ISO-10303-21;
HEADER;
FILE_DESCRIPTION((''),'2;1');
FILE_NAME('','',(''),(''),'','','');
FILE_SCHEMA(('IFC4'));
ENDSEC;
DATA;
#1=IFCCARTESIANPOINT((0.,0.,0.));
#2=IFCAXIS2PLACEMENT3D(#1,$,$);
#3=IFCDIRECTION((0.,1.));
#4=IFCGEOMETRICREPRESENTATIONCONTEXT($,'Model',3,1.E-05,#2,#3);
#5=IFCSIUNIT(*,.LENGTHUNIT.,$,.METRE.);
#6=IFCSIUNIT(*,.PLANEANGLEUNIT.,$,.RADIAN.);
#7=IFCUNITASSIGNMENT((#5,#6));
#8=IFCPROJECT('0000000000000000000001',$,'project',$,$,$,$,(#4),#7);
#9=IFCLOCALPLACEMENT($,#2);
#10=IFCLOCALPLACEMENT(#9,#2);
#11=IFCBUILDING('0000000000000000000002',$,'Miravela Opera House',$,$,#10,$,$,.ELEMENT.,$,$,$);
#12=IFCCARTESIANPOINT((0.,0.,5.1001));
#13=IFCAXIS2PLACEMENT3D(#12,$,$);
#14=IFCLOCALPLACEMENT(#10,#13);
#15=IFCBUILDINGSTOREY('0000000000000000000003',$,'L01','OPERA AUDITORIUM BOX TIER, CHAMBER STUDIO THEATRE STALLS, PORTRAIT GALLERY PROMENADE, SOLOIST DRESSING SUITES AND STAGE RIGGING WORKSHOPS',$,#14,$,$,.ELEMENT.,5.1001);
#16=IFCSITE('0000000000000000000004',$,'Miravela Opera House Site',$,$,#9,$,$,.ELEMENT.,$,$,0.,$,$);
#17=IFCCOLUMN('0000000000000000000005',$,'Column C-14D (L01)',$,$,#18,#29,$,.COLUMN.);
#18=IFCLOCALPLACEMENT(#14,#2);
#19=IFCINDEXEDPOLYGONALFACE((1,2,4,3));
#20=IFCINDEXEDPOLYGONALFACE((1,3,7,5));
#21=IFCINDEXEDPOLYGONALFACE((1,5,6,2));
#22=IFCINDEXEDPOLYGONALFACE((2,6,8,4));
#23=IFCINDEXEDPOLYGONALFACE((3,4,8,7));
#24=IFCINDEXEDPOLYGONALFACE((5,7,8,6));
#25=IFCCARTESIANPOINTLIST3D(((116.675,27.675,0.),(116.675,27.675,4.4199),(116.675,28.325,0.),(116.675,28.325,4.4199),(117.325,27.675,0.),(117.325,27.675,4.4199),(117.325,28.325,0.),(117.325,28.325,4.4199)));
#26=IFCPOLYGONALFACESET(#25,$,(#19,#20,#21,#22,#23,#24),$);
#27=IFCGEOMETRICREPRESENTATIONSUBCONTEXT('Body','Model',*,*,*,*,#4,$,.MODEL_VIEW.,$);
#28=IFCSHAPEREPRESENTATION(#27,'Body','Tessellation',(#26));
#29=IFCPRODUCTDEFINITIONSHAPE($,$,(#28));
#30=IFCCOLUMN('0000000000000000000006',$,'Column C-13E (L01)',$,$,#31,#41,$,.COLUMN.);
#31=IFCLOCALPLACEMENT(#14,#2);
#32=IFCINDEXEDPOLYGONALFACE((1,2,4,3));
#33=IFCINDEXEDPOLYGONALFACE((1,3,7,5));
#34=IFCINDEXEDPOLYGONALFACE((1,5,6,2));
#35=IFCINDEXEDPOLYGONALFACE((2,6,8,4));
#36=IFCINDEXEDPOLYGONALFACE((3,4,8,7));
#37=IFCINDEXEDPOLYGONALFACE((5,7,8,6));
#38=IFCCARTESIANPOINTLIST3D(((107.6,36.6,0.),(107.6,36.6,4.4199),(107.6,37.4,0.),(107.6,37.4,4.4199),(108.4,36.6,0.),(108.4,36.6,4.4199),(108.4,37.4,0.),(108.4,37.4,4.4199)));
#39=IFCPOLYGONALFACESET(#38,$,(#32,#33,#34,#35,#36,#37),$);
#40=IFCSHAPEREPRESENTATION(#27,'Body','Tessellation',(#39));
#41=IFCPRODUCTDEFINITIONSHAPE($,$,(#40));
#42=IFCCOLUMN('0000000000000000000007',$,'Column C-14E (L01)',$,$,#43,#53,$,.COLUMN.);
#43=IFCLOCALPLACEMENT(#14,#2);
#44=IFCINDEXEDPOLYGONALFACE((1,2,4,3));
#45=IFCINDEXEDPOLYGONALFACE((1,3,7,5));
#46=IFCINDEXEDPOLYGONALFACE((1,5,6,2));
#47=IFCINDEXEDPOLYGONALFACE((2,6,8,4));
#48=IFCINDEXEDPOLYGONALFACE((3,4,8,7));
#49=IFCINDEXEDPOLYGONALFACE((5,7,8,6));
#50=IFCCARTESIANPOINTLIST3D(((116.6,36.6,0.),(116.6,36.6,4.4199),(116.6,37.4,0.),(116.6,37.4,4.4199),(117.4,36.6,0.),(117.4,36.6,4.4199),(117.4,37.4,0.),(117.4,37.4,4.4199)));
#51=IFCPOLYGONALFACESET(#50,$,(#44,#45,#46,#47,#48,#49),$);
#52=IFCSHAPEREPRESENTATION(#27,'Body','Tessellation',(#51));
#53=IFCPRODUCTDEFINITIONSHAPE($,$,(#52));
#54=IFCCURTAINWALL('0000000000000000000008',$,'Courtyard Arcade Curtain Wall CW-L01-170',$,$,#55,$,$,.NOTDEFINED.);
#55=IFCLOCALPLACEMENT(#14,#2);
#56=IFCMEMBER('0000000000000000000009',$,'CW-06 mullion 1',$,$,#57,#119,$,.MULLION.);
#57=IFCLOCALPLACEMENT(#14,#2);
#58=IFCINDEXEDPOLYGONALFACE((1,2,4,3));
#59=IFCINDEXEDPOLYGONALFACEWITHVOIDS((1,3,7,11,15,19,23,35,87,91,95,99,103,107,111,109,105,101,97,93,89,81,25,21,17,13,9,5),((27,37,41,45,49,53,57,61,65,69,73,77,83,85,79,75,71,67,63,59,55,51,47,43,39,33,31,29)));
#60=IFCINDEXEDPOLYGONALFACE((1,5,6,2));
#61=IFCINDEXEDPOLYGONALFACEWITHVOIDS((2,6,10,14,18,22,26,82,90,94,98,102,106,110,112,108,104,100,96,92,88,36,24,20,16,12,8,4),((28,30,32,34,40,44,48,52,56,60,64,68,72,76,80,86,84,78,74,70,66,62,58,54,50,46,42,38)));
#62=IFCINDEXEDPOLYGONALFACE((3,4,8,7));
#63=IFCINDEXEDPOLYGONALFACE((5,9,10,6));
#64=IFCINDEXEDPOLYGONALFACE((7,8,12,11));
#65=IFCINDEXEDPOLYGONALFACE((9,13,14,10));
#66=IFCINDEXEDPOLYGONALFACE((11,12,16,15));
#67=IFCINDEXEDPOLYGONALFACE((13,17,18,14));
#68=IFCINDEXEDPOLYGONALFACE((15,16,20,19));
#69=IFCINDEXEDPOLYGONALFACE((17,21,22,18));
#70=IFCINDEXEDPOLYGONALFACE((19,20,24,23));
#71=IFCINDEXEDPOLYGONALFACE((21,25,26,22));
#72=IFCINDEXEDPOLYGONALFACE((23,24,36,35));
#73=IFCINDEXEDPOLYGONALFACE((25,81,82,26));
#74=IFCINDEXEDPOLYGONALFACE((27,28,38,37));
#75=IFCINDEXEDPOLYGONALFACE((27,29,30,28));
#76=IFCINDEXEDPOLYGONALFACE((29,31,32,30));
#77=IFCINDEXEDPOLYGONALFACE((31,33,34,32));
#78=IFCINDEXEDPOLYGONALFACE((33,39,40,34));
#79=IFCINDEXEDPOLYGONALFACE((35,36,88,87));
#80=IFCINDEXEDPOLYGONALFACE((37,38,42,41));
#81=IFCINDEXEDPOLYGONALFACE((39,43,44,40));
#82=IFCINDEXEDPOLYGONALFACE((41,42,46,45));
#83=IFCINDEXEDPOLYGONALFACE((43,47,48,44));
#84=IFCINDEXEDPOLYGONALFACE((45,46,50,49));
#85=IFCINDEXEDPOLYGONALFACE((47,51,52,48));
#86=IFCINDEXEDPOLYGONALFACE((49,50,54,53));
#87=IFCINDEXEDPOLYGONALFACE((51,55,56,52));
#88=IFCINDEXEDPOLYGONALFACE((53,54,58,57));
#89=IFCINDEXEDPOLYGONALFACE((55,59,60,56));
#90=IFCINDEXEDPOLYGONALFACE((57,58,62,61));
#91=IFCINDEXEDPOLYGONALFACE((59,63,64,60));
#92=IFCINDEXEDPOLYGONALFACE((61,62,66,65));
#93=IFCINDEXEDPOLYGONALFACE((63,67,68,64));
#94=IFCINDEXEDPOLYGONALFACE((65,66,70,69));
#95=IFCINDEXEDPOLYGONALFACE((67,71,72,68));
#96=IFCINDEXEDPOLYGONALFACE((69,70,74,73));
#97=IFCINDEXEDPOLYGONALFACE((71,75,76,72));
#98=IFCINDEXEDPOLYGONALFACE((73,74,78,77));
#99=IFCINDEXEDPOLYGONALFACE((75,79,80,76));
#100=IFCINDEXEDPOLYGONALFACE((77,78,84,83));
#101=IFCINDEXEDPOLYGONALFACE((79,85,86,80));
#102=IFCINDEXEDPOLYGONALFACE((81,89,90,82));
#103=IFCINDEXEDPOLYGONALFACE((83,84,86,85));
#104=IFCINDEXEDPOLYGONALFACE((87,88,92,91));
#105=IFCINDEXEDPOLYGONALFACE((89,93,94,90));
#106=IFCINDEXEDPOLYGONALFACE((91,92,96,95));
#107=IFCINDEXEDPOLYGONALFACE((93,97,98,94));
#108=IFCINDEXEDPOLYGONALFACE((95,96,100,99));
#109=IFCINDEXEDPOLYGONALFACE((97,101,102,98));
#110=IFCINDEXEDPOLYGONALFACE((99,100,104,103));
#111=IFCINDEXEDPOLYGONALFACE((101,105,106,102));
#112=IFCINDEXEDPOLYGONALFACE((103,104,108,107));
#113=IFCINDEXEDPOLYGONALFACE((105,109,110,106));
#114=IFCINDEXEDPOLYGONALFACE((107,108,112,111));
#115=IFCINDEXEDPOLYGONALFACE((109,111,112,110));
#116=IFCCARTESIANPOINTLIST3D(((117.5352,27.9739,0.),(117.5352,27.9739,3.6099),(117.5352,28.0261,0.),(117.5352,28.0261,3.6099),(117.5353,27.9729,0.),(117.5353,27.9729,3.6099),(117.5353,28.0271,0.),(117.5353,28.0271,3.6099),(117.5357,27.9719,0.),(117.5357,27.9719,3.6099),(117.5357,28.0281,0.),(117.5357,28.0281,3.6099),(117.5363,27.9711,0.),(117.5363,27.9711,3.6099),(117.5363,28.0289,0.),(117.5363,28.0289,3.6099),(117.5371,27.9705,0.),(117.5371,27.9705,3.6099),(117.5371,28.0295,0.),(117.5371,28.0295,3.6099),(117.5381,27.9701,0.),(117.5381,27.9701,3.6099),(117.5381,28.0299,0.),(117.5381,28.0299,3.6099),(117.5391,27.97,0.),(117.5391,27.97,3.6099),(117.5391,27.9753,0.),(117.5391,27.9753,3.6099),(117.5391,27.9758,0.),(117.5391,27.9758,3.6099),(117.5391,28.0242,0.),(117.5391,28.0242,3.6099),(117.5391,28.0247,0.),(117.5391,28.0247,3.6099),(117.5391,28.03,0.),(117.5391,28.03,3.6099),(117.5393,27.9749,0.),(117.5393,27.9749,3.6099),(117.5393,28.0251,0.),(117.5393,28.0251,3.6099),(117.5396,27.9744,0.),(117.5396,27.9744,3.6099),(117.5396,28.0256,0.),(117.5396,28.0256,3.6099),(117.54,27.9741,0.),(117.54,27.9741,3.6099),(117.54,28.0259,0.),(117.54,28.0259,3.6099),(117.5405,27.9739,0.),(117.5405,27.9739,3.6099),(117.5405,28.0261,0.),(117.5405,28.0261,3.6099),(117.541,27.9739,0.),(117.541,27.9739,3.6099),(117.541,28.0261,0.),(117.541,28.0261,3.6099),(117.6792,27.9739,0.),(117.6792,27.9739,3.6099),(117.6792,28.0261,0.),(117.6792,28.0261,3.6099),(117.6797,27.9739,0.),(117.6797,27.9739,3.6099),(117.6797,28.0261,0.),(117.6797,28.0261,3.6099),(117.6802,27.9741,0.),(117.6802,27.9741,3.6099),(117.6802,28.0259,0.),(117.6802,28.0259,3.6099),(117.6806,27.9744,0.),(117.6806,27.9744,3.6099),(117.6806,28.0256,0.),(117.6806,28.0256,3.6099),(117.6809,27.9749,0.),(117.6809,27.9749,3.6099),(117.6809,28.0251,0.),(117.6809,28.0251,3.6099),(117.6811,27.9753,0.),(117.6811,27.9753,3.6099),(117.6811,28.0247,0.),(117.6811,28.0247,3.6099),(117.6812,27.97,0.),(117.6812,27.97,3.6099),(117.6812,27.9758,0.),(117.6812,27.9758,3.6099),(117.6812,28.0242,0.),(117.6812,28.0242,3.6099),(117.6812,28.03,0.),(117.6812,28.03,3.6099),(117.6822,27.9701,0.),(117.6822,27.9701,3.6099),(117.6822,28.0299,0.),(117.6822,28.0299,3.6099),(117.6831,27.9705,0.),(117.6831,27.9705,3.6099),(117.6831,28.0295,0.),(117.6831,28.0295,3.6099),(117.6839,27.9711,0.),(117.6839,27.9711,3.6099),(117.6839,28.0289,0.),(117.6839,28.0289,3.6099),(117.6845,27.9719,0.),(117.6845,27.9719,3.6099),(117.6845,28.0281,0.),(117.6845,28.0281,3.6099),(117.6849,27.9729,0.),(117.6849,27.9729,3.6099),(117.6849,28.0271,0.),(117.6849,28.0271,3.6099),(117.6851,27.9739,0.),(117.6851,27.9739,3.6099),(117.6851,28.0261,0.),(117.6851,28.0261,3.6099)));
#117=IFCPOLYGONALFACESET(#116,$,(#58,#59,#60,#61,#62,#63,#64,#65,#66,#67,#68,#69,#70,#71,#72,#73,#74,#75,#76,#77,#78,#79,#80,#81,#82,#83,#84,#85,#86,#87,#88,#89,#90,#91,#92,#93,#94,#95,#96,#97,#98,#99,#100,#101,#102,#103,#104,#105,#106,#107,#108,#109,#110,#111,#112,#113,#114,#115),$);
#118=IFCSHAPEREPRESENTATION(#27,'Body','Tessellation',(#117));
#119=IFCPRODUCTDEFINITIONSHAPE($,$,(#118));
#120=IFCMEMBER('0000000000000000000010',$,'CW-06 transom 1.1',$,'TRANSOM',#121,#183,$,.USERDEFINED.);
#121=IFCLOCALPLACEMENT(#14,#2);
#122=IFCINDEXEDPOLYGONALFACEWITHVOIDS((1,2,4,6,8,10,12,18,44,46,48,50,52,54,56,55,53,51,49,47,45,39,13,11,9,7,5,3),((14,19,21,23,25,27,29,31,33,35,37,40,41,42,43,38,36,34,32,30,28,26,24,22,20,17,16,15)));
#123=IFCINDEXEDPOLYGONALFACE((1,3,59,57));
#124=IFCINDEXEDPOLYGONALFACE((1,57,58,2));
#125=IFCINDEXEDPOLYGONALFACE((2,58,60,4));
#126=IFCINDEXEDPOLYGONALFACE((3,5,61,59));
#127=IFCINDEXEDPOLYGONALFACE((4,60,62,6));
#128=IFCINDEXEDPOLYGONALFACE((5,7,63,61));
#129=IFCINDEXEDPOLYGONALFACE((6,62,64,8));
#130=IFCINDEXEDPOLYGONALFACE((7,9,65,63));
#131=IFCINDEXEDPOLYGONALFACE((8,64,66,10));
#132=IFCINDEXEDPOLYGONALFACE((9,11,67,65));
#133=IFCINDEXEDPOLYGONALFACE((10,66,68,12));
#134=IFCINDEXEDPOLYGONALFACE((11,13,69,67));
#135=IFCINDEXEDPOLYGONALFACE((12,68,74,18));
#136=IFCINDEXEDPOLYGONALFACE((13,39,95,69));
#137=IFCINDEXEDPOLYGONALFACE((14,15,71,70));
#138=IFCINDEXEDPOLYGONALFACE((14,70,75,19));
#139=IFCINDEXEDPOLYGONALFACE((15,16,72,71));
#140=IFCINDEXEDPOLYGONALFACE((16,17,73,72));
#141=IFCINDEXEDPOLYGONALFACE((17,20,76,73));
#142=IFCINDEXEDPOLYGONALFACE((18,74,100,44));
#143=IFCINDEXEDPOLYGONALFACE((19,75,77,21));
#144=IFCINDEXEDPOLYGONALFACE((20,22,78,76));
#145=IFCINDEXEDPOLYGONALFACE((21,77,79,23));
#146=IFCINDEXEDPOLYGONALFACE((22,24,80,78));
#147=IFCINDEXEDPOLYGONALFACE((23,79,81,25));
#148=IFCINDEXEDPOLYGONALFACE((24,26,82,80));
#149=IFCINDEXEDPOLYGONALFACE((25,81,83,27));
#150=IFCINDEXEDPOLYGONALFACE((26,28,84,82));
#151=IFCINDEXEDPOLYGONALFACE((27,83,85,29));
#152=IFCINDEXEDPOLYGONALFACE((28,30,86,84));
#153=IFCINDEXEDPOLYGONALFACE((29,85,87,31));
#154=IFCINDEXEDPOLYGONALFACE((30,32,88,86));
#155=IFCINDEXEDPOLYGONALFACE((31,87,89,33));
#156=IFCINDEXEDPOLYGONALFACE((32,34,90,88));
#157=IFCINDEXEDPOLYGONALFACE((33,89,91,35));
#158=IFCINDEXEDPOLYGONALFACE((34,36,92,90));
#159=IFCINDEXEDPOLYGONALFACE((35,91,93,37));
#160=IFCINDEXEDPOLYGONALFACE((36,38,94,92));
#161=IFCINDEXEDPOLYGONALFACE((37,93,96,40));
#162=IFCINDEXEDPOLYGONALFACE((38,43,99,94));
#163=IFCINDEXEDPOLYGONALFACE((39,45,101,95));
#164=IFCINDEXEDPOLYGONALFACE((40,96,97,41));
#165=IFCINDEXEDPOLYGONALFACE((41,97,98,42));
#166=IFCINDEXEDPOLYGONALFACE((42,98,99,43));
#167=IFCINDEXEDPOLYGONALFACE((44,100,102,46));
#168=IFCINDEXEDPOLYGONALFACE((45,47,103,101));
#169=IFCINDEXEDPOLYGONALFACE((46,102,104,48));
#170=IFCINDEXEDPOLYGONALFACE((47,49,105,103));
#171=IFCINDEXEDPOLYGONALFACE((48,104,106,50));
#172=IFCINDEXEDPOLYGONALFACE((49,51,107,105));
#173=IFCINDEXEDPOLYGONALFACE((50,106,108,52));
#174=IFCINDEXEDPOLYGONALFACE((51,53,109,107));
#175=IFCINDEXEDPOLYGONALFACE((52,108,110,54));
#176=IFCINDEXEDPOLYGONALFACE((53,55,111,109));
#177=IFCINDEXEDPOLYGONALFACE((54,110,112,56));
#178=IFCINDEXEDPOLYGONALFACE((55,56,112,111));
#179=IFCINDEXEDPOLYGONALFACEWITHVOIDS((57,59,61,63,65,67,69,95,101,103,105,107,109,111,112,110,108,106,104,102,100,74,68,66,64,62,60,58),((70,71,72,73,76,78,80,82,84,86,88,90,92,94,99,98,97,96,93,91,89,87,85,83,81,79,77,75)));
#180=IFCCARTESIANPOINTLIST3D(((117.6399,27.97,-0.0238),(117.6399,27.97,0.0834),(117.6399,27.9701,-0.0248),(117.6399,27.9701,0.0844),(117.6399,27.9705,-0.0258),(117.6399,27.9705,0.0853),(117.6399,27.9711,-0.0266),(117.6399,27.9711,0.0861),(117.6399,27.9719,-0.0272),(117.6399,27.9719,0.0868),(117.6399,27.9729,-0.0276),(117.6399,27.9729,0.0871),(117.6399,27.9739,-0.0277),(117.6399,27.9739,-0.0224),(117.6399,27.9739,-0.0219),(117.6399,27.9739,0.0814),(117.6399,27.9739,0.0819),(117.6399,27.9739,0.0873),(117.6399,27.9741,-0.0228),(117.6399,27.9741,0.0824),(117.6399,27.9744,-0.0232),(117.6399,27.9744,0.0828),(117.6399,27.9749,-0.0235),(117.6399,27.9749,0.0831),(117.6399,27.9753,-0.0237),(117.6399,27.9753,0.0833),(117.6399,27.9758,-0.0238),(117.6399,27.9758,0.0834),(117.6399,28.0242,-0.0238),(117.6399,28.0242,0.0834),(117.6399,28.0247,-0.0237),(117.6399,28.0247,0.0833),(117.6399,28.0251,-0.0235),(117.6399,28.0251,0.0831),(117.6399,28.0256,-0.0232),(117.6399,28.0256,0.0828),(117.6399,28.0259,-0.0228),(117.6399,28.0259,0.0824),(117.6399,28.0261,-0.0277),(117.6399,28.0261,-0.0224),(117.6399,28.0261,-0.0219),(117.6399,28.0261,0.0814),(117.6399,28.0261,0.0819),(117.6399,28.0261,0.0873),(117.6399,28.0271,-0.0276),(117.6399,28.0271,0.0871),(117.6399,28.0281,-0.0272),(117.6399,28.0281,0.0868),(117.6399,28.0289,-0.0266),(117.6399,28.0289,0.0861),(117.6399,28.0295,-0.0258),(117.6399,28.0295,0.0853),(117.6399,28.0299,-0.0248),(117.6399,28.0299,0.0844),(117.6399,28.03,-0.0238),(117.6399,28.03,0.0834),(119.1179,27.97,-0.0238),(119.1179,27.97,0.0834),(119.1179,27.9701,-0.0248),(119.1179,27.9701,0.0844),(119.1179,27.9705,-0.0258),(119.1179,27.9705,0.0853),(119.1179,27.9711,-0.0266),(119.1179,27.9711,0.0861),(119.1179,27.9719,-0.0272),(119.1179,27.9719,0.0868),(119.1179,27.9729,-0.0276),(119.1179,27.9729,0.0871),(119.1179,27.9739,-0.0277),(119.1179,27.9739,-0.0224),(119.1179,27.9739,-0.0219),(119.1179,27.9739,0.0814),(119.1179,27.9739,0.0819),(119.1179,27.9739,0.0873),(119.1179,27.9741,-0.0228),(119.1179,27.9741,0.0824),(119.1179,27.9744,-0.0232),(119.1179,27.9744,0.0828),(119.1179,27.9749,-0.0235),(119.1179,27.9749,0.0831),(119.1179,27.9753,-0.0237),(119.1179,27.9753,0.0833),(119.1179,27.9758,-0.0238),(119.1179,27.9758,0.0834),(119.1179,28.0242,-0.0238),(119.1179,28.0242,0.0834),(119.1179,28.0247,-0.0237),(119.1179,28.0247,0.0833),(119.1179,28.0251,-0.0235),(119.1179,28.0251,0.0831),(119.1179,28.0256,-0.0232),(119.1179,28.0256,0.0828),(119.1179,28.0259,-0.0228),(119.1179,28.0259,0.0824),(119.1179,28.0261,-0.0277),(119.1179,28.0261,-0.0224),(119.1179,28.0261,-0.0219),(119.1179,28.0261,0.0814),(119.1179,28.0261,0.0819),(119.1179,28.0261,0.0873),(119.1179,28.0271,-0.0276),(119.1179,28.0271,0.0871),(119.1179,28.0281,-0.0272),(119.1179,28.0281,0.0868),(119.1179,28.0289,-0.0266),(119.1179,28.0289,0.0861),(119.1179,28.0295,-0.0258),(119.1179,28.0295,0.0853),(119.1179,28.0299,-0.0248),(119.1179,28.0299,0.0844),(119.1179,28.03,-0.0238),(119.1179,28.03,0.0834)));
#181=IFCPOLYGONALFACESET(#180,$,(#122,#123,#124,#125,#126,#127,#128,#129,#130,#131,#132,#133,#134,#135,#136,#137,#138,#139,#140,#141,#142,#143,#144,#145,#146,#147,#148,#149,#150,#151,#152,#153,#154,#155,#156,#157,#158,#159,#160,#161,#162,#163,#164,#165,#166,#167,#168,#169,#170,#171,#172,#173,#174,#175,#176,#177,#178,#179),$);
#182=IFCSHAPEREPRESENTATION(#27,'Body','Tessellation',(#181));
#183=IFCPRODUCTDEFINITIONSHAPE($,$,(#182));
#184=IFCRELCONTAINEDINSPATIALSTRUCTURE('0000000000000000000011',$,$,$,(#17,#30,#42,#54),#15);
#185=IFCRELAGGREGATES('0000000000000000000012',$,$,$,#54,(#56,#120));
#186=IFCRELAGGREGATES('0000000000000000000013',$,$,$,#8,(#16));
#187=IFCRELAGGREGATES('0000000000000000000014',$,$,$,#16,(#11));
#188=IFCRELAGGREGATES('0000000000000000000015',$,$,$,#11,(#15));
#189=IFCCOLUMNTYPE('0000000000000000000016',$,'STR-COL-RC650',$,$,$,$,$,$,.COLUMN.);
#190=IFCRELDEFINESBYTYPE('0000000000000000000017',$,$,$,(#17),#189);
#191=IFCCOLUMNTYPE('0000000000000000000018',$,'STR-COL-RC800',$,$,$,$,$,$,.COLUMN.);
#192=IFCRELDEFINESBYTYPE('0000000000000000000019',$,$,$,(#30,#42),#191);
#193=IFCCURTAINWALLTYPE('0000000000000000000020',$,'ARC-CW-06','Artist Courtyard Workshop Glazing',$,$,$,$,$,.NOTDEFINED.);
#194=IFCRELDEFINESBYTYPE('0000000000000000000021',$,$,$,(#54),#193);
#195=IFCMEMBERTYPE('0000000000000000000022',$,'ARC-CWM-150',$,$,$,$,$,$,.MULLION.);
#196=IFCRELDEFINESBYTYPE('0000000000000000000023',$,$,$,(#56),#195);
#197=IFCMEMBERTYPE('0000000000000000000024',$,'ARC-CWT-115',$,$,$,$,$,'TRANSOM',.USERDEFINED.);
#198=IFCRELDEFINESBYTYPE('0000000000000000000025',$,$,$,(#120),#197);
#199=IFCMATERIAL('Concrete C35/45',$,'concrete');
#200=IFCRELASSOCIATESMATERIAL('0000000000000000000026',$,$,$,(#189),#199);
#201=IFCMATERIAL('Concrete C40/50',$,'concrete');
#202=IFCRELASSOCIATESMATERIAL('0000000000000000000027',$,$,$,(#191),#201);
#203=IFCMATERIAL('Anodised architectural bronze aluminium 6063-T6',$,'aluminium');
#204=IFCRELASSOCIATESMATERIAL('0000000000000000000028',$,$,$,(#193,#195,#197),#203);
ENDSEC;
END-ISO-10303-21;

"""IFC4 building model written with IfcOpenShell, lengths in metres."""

from ifc_helpers import new_model, si_unit, direction, frame, origin, origin_2d, place, context, subcontext, project, spatial, rectangle, hollow_rectangle, extrude, material, material_profile, profile_set, type_object, element, aggregate, save


model = new_model("IFC4")

# Units and contexts
model_context = context("Model", 3, precision=1e-05, world=origin(), true_north=direction((0.0, 1.0)))
body_context = subcontext(model_context, "Body", "Model", "MODEL_VIEW")
ifc_project = project(units=[si_unit("LENGTHUNIT", "METRE"), si_unit("PLANEANGLEUNIT", "RADIAN")], contexts=[model_context])

# Site, building, storey
site_placement = place(None, origin())
site = spatial("IfcSite", under=ifc_project, at=site_placement, Name="Miravela Opera House Site", CompositionType="ELEMENT", RefElevation=0.0)
building_placement = place(site_placement, origin())
building = spatial("IfcBuilding", under=site, at=building_placement, Name="Miravela Opera House", CompositionType="ELEMENT")
storey_placement = place(building_placement, frame((0.0, 0.0, 5.1001)))
storey = spatial("IfcBuildingStorey", under=building, at=storey_placement, Name="L01", Description="OPERA AUDITORIUM BOX TIER, CHAMBER STUDIO THEATRE STALLS, PORTRAIT GALLERY PROMENADE, SOLOIST DRESSING SUITES AND STAGE RIGGING WORKSHOPS", CompositionType="ELEMENT", Elevation=5.1001)

# Columns
ifc_material_1 = material(Name="Concrete C35/45", Category="concrete")
ifc_material_profile_1 = material_profile(ifc_material_1, rectangle(XDim=0.6499, YDim=0.6499, at=origin_2d()), Name="RC-COL-650X650")
ifc_profile_set_1 = profile_set([ifc_material_profile_1])
column_type_1 = type_object("IfcColumnType", Name="STR-COL-RC650", PredefinedType="COLUMN", material=ifc_profile_set_1)
column_placement = place(storey_placement, frame((117.0, 28.0, 0.0), z_axis=(0.0, 0.0, 1.0), x_axis=(1.0, 0.0, 0.0)))
element("IfcColumn", 1, at=column_placement, inside=storey, type_object=column_type_1, Name="Column C-14D (L01)", PredefinedType="COLUMN", context=body_context, shape_type="SweptSolid", body=[
    extrude(rectangle(XDim=0.6499, YDim=0.6499, at=origin_2d()), origin(), (0.0, 0.0, 1.0), 4.4199),
])
ifc_material_2 = material(Name="Concrete C40/50", Category="concrete")
ifc_material_profile_2 = material_profile(ifc_material_2, rectangle(XDim=0.8, YDim=0.8, at=origin_2d()), Name="RC-COL-800X800")
ifc_profile_set_2 = profile_set([ifc_material_profile_2])
column_type_2 = type_object("IfcColumnType", Name="STR-COL-RC800", PredefinedType="COLUMN", material=ifc_profile_set_2)
for number, where, z_axis, x_axis, name in (
    (2, (108.0, 37.0, 0.0), (0.0, 0.0, 1.0), (1.0, 0.0, 0.0), "Column C-13E (L01)"),
    (3, (117.0, 37.0, 0.0), (0.0, 0.0, 1.0), (1.0, 0.0, 0.0), "Column C-14E (L01)"),
):
    element("IfcColumn", number, at=place(storey_placement, frame(where, z_axis=z_axis, x_axis=x_axis)), inside=storey, type_object=column_type_2, Name=name, PredefinedType="COLUMN", context=body_context, shape_type="SweptSolid", body=[
        extrude(rectangle(XDim=0.8, YDim=0.8, at=origin_2d()), origin(), (0.0, 0.0, 1.0), 4.4199),
    ])

# Curtain wall, members
ifc_material_3 = material(Name="Anodised architectural bronze aluminium 6063-T6", Category="aluminium")
curtain_wall_type = type_object("IfcCurtainWallType", Name="ARC-CW-06", Description="Artist Courtyard Workshop Glazing", PredefinedType="NOTDEFINED", material=ifc_material_3)
curtain_wall_placement = place(storey_placement, origin())
curtain_wall = element("IfcCurtainWall", 4, at=curtain_wall_placement, inside=storey, type_object=curtain_wall_type, Name="Courtyard Arcade Curtain Wall CW-L01-170", PredefinedType="NOTDEFINED")
ifc_material_profile_3 = material_profile(ifc_material_3, hollow_rectangle(XDim=0.0601, YDim=0.1499, WallThickness=0.0039, InnerFilletRadius=0.002, OuterFilletRadius=0.0039, at=origin_2d()), Name="CWM-60X150")
ifc_profile_set_3 = profile_set([ifc_material_profile_3])
member_type_1 = type_object("IfcMemberType", Name="ARC-CWM-150", PredefinedType="MULLION", material=ifc_profile_set_3)
member_1_placement = place(storey_placement, frame((117.6101, 28.0, 0.0), z_axis=(0.0, 0.0, 1.0), x_axis=(0.0, 1.0, 0.0)))
member_1 = element("IfcMember", 5, at=member_1_placement, type_object=member_type_1, Name="CW-06 mullion 1", PredefinedType="MULLION", context=body_context, shape_type="SweptSolid", body=[
    extrude(hollow_rectangle(XDim=0.0601, YDim=0.1499, WallThickness=0.0039, InnerFilletRadius=0.002, OuterFilletRadius=0.0039, at=origin_2d()), origin(), (0.0, 0.0, 1.0), 3.6099),
])
ifc_material_profile_4 = material_profile(ifc_material_3, hollow_rectangle(XDim=0.0601, YDim=0.115, WallThickness=0.0039, InnerFilletRadius=0.002, OuterFilletRadius=0.0039, at=origin_2d()), Name="CWT-60X115")
ifc_profile_set_4 = profile_set([ifc_material_profile_4])
member_type_2 = type_object("IfcMemberType", Name="ARC-CWT-115", ElementType="TRANSOM", PredefinedType="USERDEFINED", material=ifc_profile_set_4)
member_2_placement = place(storey_placement, frame((117.6399, 28.0, 0.0298), z_axis=(1.0, 0.0, 0.0), x_axis=(0.0, 1.0, 0.0)))
member_2 = element("IfcMember", 6, at=member_2_placement, type_object=member_type_2, Name="CW-06 transom 1.1", ObjectType="TRANSOM", PredefinedType="USERDEFINED", context=body_context, shape_type="SweptSolid", body=[
    extrude(hollow_rectangle(XDim=0.0601, YDim=0.115, WallThickness=0.0039, InnerFilletRadius=0.002, OuterFilletRadius=0.0039, at=origin_2d()), origin(), (0.0, 0.0, 1.0), 1.478),
])

aggregate(curtain_wall, [member_1, member_2])

save(model, "model.ifc")
